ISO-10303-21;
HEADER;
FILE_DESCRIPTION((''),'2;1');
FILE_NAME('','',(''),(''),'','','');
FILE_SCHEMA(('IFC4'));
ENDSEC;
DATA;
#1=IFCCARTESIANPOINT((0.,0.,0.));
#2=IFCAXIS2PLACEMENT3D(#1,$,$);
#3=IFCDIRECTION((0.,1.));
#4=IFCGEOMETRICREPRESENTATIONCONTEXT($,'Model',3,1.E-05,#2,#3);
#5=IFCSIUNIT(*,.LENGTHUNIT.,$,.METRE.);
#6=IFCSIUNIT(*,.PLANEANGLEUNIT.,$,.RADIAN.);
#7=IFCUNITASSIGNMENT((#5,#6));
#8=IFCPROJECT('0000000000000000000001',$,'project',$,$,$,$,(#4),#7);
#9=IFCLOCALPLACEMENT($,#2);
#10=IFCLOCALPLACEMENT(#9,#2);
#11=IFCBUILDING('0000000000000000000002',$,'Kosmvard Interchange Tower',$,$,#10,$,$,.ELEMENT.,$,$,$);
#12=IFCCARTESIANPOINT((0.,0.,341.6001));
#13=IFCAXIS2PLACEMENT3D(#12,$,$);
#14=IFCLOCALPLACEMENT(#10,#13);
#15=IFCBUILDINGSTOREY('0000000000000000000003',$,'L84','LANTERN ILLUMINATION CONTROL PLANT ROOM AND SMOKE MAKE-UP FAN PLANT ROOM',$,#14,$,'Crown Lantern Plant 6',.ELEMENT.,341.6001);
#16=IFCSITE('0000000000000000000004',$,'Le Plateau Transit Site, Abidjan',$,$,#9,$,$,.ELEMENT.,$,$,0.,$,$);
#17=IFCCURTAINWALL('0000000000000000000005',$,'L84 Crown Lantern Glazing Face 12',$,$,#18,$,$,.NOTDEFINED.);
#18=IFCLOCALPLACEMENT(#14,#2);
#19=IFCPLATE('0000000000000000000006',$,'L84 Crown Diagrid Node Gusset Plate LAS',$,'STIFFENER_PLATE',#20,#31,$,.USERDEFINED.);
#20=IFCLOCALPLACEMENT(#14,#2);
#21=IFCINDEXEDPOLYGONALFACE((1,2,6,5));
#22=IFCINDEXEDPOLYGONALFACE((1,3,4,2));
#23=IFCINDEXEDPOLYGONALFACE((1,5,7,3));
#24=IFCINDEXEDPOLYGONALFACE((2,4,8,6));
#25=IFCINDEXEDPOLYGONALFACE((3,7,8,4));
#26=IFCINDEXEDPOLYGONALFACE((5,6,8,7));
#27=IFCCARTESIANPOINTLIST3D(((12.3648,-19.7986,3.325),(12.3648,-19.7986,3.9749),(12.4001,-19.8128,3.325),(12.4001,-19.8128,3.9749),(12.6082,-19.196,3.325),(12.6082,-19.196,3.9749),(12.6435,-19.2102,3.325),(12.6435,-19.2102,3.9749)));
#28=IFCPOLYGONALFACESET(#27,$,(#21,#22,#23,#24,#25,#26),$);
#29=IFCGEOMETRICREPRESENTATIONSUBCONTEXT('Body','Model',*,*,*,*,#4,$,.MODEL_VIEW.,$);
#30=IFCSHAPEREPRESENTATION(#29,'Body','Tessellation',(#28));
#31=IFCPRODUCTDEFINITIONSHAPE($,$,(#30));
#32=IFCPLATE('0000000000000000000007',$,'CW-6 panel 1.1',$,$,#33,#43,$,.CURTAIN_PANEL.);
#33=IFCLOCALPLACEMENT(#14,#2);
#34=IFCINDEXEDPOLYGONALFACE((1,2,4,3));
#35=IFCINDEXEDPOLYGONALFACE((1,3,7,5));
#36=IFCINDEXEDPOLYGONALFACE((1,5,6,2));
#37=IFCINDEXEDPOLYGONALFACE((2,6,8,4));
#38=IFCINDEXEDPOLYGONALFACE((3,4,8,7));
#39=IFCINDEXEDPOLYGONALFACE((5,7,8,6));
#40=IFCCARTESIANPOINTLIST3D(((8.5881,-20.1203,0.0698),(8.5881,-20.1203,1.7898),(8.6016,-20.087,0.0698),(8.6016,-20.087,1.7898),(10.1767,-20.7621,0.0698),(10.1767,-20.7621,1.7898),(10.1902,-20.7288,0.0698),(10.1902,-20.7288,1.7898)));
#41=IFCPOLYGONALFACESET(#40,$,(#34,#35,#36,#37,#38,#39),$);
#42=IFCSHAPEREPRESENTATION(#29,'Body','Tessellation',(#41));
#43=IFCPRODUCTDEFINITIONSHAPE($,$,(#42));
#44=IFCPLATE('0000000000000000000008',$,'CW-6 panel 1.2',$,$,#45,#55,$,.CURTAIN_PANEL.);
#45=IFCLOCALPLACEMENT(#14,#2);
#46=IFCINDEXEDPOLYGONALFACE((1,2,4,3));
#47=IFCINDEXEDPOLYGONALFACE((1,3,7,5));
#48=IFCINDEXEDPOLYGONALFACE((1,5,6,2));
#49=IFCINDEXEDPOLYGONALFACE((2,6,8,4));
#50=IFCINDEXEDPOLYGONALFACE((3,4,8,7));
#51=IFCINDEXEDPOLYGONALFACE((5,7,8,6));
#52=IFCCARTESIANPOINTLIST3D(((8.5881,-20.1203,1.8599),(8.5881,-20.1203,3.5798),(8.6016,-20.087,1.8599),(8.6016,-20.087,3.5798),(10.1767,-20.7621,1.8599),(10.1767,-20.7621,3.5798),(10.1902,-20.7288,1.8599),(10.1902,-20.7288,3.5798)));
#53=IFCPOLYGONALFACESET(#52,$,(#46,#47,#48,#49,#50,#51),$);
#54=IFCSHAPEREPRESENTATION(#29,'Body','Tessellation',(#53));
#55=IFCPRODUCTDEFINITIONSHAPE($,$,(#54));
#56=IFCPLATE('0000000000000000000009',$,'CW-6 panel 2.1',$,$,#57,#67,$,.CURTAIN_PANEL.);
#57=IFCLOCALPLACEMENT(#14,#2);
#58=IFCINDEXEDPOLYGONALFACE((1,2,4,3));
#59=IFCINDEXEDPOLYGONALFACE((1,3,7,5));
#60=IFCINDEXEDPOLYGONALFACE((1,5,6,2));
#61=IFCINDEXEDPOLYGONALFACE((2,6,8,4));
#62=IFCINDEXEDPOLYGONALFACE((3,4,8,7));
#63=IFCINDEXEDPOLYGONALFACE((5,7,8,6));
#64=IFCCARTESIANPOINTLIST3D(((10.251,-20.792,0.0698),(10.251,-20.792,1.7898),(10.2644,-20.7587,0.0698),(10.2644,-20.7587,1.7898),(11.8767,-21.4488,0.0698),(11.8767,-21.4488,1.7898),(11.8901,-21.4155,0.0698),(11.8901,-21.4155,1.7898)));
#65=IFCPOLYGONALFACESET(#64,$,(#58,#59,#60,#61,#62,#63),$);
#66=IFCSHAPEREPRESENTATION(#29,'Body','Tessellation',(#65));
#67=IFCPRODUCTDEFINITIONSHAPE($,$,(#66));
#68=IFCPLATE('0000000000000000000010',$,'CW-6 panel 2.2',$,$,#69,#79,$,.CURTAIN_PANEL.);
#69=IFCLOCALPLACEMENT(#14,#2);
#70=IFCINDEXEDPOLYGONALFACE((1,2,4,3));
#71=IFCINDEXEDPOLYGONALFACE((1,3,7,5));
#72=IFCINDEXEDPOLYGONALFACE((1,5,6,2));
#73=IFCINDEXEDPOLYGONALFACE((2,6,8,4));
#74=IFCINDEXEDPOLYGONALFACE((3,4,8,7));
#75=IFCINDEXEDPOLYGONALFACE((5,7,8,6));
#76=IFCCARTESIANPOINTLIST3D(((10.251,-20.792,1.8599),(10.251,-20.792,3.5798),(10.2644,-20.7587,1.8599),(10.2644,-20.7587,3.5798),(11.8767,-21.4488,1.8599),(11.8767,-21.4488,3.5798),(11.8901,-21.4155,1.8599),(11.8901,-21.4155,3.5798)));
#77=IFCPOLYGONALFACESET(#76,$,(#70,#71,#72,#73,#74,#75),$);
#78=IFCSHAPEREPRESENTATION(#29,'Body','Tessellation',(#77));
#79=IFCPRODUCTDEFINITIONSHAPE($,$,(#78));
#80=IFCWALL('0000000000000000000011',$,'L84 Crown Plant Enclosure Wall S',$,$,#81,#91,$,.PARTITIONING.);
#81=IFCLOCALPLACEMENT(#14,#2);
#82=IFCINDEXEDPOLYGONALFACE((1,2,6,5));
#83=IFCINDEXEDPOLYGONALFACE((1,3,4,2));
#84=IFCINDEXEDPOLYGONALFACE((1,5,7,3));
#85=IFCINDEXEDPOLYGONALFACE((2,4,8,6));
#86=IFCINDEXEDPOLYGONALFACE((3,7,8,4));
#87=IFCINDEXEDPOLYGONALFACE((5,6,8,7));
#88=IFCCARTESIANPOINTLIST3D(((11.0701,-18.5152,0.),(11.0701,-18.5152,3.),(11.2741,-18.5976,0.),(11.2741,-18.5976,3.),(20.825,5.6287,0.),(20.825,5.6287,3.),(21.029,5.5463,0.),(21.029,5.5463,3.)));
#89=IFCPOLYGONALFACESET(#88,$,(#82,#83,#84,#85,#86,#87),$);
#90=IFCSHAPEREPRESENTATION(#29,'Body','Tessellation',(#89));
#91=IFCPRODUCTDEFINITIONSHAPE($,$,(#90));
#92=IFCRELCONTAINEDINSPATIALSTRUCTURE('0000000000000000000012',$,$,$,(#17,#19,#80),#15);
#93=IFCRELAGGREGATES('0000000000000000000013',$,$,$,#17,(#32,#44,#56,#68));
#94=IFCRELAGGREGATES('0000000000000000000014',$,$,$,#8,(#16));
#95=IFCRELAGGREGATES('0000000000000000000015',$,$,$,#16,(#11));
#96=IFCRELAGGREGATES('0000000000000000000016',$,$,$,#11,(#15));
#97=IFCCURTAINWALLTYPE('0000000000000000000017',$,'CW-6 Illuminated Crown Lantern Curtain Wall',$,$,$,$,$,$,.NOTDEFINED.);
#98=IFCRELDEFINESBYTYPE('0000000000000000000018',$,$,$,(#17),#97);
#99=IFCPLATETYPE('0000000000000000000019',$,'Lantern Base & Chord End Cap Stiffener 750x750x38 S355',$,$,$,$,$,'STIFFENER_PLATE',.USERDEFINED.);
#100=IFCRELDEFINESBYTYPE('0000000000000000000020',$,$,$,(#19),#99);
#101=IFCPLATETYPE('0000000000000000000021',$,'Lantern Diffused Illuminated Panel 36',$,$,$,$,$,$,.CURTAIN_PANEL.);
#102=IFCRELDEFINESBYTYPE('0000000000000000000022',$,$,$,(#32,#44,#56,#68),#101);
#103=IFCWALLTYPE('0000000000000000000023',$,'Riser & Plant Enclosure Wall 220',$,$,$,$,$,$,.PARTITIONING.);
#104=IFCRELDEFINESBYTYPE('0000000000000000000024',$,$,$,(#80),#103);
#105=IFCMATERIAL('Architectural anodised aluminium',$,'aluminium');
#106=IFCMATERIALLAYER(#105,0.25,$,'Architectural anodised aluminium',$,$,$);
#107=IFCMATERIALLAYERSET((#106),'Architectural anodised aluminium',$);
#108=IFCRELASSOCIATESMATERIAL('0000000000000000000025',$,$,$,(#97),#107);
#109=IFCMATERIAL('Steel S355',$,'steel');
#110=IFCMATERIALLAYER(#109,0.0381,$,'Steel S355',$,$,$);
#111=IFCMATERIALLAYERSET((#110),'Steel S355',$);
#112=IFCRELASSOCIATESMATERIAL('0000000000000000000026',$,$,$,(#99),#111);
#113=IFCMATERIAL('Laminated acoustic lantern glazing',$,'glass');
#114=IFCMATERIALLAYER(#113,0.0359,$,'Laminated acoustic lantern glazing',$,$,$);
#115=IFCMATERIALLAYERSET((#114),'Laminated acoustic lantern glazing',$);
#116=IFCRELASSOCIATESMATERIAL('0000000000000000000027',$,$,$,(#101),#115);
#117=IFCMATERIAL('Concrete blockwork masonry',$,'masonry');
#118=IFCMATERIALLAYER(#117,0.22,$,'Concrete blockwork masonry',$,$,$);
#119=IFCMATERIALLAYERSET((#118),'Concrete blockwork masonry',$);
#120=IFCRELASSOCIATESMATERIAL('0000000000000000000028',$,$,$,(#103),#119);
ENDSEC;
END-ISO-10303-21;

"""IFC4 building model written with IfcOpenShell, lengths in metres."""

from ifc_helpers import new_model, si_unit, direction, frame, frame_2d, origin, origin_2d, place, context, subcontext, project, spatial, rectangle, extrude, source, transform, mapped, material, layer, layer_set, type_object, element, aggregate, save


model = new_model("IFC4")

# Units and contexts
model_context = context("Model", 3, precision=1e-05, world=origin(), true_north=direction((0.0, 1.0)))
body_context = subcontext(model_context, "Body", "Model", "MODEL_VIEW")
ifc_project = project(units=[si_unit("LENGTHUNIT", "METRE"), si_unit("PLANEANGLEUNIT", "RADIAN")], contexts=[model_context])

# Site, building, storey
site_placement = place(None, origin())
site = spatial("IfcSite", under=ifc_project, at=site_placement, Name="Le Plateau Transit Site, Abidjan", CompositionType="ELEMENT", RefElevation=0.0)
building_placement = place(site_placement, origin())
building = spatial("IfcBuilding", under=site, at=building_placement, Name="Kosmvard Interchange Tower", CompositionType="ELEMENT")
storey_placement = place(building_placement, frame((0.0, 0.0, 341.6001)))
storey = spatial("IfcBuildingStorey", under=building, at=storey_placement, Name="L84", Description="LANTERN ILLUMINATION CONTROL PLANT ROOM AND SMOKE MAKE-UP FAN PLANT ROOM", LongName="Crown Lantern Plant 6", CompositionType="ELEMENT", Elevation=341.6001)

# Shared definitions
ifc_material_1 = material(Name="Steel S355", Category="steel")

# Curtain wall
ifc_material_2 = material(Name="Architectural anodised aluminium", Category="aluminium")
ifc_layer_1 = layer(ifc_material_2, 0.25, Name="Architectural anodised aluminium")
ifc_layer_set_1 = layer_set([ifc_layer_1], Name="Architectural anodised aluminium")
curtain_wall_type = type_object("IfcCurtainWallType", Name="CW-6 Illuminated Crown Lantern Curtain Wall", PredefinedType="NOTDEFINED", material=ifc_layer_set_1)
curtain_wall_1_placement = place(storey_placement, origin())
curtain_wall_1 = element("IfcCurtainWall", 1, at=curtain_wall_1_placement, inside=storey, type_object=curtain_wall_type, Name="L84 Crown Lantern Glazing Face 12", PredefinedType="NOTDEFINED")

# Plates
ifc_layer_2 = layer(ifc_material_1, 0.0381, Name="Steel S355")
ifc_layer_set_2 = layer_set([ifc_layer_2], Name="Steel S355")
plate_type_1 = type_object("IfcPlateType", Name="Lantern Base & Chord End Cap Stiffener 750x750x38 S355", ElementType="STIFFENER_PLATE", PredefinedType="USERDEFINED", material=ifc_layer_set_2)
shared_shape_1 = source(origin(), body_context, "Body", "SweptSolid", [
    extrude(rectangle(XDim=0.6499, YDim=0.0381, at=origin_2d()), origin(), (0.0, 0.0, 1.0), 0.6499),
])
plate_1_placement = place(storey_placement, frame((12.5042, -19.5044, 3.325), z_axis=(0.0, 0.0, 1.0), x_axis=(0.374607, 0.927184, 0.0)))
element("IfcPlate", 2, at=plate_1_placement, inside=storey, type_object=plate_type_1, Name="L84 Crown Diagrid Node Gusset Plate LAS", ObjectType="STIFFENER_PLATE", PredefinedType="USERDEFINED", context=body_context, shape_type="MappedRepresentation", body=[
    mapped(shared_shape_1, transform((0.0, 0.0, 0.0), scale=1.0)),
])
ifc_material_3 = material(Name="Laminated acoustic lantern glazing", Category="glass")
ifc_layer_3 = layer(ifc_material_3, 0.0359, Name="Laminated acoustic lantern glazing")
ifc_layer_set_3 = layer_set([ifc_layer_3], Name="Laminated acoustic lantern glazing")
plate_type_2 = type_object("IfcPlateType", Name="Lantern Diffused Illuminated Panel 36", PredefinedType="CURTAIN_PANEL", material=ifc_layer_set_3)
shared_shape_2 = source(origin(), body_context, "Body", "SweptSolid", [
    extrude(rectangle(XDim=1.7134, YDim=0.0359, at=origin_2d()), origin(), (0.0, 0.0, 1.0), 1.72),
])
plate_2_placement = place(storey_placement, frame((9.3892, -20.4246, 0.0698), z_axis=(0.0, 0.0, 1.0), x_axis=(0.927184, -0.374607, 0.0)))
plate_2 = element("IfcPlate", 3, at=plate_2_placement, type_object=plate_type_2, Name="CW-6 panel 1.1", PredefinedType="CURTAIN_PANEL", context=body_context, shape_type="MappedRepresentation", body=[
    mapped(shared_shape_2, transform((0.0, 0.0, 0.0), scale=1.0)),
])
plate_3_placement = place(storey_placement, frame((9.3892, -20.4246, 1.8599), z_axis=(0.0, 0.0, 1.0), x_axis=(0.927184, -0.374607, 0.0)))
plate_3 = element("IfcPlate", 4, at=plate_3_placement, type_object=plate_type_2, Name="CW-6 panel 1.2", PredefinedType="CURTAIN_PANEL", context=body_context, shape_type="MappedRepresentation", body=[
    mapped(shared_shape_2, transform((0.0, 0.0, 0.0), scale=1.0)),
])
shared_shape_3 = source(origin(), body_context, "Body", "SweptSolid", [
    extrude(rectangle(XDim=1.7534, YDim=0.0359, at=origin_2d()), origin(), (0.0, 0.0, 1.0), 1.72),
])
plate_4_placement = place(storey_placement, frame((11.0706, -21.1038, 0.0698), z_axis=(0.0, 0.0, 1.0), x_axis=(0.927184, -0.374607, 0.0)))
plate_4 = element("IfcPlate", 5, at=plate_4_placement, type_object=plate_type_2, Name="CW-6 panel 2.1", PredefinedType="CURTAIN_PANEL", context=body_context, shape_type="MappedRepresentation", body=[
    mapped(shared_shape_3, transform((0.0, 0.0, 0.0), scale=1.0)),
])
plate_5_placement = place(storey_placement, frame((11.0706, -21.1038, 1.8599), z_axis=(0.0, 0.0, 1.0), x_axis=(0.927184, -0.374607, 0.0)))
plate_5 = element("IfcPlate", 6, at=plate_5_placement, type_object=plate_type_2, Name="CW-6 panel 2.2", PredefinedType="CURTAIN_PANEL", context=body_context, shape_type="MappedRepresentation", body=[
    mapped(shared_shape_3, transform((0.0, 0.0, 0.0), scale=1.0)),
])
aggregate(curtain_wall_1, [plate_2, plate_3, plate_4, plate_5])

# Wall
ifc_material_4 = material(Name="Concrete blockwork masonry", Category="masonry")
ifc_layer_4 = layer(ifc_material_4, 0.22, Name="Concrete blockwork masonry")
ifc_layer_set_4 = layer_set([ifc_layer_4], Name="Concrete blockwork masonry")
wall_type = type_object("IfcWallType", Name="Riser & Plant Enclosure Wall 220", PredefinedType="PARTITIONING", material=ifc_layer_set_4)
wall_placement = place(storey_placement, frame((11.1721, -18.5564, 0.0), z_axis=(0.0, 0.0, 1.0), x_axis=(0.374612, 0.927182, 0.0)))
element("IfcWall", 7, at=wall_placement, inside=storey, type_object=wall_type, Name="L84 Crown Plant Enclosure Wall S", PredefinedType="PARTITIONING", context=body_context, shape_type="SweptSolid", body=[
    extrude(rectangle(XDim=26.04, YDim=0.22, at=frame_2d((13.02, 0.0))), origin(), (0.0, 0.0, 1.0), 3.0),
])

save(model, "model.ifc")
